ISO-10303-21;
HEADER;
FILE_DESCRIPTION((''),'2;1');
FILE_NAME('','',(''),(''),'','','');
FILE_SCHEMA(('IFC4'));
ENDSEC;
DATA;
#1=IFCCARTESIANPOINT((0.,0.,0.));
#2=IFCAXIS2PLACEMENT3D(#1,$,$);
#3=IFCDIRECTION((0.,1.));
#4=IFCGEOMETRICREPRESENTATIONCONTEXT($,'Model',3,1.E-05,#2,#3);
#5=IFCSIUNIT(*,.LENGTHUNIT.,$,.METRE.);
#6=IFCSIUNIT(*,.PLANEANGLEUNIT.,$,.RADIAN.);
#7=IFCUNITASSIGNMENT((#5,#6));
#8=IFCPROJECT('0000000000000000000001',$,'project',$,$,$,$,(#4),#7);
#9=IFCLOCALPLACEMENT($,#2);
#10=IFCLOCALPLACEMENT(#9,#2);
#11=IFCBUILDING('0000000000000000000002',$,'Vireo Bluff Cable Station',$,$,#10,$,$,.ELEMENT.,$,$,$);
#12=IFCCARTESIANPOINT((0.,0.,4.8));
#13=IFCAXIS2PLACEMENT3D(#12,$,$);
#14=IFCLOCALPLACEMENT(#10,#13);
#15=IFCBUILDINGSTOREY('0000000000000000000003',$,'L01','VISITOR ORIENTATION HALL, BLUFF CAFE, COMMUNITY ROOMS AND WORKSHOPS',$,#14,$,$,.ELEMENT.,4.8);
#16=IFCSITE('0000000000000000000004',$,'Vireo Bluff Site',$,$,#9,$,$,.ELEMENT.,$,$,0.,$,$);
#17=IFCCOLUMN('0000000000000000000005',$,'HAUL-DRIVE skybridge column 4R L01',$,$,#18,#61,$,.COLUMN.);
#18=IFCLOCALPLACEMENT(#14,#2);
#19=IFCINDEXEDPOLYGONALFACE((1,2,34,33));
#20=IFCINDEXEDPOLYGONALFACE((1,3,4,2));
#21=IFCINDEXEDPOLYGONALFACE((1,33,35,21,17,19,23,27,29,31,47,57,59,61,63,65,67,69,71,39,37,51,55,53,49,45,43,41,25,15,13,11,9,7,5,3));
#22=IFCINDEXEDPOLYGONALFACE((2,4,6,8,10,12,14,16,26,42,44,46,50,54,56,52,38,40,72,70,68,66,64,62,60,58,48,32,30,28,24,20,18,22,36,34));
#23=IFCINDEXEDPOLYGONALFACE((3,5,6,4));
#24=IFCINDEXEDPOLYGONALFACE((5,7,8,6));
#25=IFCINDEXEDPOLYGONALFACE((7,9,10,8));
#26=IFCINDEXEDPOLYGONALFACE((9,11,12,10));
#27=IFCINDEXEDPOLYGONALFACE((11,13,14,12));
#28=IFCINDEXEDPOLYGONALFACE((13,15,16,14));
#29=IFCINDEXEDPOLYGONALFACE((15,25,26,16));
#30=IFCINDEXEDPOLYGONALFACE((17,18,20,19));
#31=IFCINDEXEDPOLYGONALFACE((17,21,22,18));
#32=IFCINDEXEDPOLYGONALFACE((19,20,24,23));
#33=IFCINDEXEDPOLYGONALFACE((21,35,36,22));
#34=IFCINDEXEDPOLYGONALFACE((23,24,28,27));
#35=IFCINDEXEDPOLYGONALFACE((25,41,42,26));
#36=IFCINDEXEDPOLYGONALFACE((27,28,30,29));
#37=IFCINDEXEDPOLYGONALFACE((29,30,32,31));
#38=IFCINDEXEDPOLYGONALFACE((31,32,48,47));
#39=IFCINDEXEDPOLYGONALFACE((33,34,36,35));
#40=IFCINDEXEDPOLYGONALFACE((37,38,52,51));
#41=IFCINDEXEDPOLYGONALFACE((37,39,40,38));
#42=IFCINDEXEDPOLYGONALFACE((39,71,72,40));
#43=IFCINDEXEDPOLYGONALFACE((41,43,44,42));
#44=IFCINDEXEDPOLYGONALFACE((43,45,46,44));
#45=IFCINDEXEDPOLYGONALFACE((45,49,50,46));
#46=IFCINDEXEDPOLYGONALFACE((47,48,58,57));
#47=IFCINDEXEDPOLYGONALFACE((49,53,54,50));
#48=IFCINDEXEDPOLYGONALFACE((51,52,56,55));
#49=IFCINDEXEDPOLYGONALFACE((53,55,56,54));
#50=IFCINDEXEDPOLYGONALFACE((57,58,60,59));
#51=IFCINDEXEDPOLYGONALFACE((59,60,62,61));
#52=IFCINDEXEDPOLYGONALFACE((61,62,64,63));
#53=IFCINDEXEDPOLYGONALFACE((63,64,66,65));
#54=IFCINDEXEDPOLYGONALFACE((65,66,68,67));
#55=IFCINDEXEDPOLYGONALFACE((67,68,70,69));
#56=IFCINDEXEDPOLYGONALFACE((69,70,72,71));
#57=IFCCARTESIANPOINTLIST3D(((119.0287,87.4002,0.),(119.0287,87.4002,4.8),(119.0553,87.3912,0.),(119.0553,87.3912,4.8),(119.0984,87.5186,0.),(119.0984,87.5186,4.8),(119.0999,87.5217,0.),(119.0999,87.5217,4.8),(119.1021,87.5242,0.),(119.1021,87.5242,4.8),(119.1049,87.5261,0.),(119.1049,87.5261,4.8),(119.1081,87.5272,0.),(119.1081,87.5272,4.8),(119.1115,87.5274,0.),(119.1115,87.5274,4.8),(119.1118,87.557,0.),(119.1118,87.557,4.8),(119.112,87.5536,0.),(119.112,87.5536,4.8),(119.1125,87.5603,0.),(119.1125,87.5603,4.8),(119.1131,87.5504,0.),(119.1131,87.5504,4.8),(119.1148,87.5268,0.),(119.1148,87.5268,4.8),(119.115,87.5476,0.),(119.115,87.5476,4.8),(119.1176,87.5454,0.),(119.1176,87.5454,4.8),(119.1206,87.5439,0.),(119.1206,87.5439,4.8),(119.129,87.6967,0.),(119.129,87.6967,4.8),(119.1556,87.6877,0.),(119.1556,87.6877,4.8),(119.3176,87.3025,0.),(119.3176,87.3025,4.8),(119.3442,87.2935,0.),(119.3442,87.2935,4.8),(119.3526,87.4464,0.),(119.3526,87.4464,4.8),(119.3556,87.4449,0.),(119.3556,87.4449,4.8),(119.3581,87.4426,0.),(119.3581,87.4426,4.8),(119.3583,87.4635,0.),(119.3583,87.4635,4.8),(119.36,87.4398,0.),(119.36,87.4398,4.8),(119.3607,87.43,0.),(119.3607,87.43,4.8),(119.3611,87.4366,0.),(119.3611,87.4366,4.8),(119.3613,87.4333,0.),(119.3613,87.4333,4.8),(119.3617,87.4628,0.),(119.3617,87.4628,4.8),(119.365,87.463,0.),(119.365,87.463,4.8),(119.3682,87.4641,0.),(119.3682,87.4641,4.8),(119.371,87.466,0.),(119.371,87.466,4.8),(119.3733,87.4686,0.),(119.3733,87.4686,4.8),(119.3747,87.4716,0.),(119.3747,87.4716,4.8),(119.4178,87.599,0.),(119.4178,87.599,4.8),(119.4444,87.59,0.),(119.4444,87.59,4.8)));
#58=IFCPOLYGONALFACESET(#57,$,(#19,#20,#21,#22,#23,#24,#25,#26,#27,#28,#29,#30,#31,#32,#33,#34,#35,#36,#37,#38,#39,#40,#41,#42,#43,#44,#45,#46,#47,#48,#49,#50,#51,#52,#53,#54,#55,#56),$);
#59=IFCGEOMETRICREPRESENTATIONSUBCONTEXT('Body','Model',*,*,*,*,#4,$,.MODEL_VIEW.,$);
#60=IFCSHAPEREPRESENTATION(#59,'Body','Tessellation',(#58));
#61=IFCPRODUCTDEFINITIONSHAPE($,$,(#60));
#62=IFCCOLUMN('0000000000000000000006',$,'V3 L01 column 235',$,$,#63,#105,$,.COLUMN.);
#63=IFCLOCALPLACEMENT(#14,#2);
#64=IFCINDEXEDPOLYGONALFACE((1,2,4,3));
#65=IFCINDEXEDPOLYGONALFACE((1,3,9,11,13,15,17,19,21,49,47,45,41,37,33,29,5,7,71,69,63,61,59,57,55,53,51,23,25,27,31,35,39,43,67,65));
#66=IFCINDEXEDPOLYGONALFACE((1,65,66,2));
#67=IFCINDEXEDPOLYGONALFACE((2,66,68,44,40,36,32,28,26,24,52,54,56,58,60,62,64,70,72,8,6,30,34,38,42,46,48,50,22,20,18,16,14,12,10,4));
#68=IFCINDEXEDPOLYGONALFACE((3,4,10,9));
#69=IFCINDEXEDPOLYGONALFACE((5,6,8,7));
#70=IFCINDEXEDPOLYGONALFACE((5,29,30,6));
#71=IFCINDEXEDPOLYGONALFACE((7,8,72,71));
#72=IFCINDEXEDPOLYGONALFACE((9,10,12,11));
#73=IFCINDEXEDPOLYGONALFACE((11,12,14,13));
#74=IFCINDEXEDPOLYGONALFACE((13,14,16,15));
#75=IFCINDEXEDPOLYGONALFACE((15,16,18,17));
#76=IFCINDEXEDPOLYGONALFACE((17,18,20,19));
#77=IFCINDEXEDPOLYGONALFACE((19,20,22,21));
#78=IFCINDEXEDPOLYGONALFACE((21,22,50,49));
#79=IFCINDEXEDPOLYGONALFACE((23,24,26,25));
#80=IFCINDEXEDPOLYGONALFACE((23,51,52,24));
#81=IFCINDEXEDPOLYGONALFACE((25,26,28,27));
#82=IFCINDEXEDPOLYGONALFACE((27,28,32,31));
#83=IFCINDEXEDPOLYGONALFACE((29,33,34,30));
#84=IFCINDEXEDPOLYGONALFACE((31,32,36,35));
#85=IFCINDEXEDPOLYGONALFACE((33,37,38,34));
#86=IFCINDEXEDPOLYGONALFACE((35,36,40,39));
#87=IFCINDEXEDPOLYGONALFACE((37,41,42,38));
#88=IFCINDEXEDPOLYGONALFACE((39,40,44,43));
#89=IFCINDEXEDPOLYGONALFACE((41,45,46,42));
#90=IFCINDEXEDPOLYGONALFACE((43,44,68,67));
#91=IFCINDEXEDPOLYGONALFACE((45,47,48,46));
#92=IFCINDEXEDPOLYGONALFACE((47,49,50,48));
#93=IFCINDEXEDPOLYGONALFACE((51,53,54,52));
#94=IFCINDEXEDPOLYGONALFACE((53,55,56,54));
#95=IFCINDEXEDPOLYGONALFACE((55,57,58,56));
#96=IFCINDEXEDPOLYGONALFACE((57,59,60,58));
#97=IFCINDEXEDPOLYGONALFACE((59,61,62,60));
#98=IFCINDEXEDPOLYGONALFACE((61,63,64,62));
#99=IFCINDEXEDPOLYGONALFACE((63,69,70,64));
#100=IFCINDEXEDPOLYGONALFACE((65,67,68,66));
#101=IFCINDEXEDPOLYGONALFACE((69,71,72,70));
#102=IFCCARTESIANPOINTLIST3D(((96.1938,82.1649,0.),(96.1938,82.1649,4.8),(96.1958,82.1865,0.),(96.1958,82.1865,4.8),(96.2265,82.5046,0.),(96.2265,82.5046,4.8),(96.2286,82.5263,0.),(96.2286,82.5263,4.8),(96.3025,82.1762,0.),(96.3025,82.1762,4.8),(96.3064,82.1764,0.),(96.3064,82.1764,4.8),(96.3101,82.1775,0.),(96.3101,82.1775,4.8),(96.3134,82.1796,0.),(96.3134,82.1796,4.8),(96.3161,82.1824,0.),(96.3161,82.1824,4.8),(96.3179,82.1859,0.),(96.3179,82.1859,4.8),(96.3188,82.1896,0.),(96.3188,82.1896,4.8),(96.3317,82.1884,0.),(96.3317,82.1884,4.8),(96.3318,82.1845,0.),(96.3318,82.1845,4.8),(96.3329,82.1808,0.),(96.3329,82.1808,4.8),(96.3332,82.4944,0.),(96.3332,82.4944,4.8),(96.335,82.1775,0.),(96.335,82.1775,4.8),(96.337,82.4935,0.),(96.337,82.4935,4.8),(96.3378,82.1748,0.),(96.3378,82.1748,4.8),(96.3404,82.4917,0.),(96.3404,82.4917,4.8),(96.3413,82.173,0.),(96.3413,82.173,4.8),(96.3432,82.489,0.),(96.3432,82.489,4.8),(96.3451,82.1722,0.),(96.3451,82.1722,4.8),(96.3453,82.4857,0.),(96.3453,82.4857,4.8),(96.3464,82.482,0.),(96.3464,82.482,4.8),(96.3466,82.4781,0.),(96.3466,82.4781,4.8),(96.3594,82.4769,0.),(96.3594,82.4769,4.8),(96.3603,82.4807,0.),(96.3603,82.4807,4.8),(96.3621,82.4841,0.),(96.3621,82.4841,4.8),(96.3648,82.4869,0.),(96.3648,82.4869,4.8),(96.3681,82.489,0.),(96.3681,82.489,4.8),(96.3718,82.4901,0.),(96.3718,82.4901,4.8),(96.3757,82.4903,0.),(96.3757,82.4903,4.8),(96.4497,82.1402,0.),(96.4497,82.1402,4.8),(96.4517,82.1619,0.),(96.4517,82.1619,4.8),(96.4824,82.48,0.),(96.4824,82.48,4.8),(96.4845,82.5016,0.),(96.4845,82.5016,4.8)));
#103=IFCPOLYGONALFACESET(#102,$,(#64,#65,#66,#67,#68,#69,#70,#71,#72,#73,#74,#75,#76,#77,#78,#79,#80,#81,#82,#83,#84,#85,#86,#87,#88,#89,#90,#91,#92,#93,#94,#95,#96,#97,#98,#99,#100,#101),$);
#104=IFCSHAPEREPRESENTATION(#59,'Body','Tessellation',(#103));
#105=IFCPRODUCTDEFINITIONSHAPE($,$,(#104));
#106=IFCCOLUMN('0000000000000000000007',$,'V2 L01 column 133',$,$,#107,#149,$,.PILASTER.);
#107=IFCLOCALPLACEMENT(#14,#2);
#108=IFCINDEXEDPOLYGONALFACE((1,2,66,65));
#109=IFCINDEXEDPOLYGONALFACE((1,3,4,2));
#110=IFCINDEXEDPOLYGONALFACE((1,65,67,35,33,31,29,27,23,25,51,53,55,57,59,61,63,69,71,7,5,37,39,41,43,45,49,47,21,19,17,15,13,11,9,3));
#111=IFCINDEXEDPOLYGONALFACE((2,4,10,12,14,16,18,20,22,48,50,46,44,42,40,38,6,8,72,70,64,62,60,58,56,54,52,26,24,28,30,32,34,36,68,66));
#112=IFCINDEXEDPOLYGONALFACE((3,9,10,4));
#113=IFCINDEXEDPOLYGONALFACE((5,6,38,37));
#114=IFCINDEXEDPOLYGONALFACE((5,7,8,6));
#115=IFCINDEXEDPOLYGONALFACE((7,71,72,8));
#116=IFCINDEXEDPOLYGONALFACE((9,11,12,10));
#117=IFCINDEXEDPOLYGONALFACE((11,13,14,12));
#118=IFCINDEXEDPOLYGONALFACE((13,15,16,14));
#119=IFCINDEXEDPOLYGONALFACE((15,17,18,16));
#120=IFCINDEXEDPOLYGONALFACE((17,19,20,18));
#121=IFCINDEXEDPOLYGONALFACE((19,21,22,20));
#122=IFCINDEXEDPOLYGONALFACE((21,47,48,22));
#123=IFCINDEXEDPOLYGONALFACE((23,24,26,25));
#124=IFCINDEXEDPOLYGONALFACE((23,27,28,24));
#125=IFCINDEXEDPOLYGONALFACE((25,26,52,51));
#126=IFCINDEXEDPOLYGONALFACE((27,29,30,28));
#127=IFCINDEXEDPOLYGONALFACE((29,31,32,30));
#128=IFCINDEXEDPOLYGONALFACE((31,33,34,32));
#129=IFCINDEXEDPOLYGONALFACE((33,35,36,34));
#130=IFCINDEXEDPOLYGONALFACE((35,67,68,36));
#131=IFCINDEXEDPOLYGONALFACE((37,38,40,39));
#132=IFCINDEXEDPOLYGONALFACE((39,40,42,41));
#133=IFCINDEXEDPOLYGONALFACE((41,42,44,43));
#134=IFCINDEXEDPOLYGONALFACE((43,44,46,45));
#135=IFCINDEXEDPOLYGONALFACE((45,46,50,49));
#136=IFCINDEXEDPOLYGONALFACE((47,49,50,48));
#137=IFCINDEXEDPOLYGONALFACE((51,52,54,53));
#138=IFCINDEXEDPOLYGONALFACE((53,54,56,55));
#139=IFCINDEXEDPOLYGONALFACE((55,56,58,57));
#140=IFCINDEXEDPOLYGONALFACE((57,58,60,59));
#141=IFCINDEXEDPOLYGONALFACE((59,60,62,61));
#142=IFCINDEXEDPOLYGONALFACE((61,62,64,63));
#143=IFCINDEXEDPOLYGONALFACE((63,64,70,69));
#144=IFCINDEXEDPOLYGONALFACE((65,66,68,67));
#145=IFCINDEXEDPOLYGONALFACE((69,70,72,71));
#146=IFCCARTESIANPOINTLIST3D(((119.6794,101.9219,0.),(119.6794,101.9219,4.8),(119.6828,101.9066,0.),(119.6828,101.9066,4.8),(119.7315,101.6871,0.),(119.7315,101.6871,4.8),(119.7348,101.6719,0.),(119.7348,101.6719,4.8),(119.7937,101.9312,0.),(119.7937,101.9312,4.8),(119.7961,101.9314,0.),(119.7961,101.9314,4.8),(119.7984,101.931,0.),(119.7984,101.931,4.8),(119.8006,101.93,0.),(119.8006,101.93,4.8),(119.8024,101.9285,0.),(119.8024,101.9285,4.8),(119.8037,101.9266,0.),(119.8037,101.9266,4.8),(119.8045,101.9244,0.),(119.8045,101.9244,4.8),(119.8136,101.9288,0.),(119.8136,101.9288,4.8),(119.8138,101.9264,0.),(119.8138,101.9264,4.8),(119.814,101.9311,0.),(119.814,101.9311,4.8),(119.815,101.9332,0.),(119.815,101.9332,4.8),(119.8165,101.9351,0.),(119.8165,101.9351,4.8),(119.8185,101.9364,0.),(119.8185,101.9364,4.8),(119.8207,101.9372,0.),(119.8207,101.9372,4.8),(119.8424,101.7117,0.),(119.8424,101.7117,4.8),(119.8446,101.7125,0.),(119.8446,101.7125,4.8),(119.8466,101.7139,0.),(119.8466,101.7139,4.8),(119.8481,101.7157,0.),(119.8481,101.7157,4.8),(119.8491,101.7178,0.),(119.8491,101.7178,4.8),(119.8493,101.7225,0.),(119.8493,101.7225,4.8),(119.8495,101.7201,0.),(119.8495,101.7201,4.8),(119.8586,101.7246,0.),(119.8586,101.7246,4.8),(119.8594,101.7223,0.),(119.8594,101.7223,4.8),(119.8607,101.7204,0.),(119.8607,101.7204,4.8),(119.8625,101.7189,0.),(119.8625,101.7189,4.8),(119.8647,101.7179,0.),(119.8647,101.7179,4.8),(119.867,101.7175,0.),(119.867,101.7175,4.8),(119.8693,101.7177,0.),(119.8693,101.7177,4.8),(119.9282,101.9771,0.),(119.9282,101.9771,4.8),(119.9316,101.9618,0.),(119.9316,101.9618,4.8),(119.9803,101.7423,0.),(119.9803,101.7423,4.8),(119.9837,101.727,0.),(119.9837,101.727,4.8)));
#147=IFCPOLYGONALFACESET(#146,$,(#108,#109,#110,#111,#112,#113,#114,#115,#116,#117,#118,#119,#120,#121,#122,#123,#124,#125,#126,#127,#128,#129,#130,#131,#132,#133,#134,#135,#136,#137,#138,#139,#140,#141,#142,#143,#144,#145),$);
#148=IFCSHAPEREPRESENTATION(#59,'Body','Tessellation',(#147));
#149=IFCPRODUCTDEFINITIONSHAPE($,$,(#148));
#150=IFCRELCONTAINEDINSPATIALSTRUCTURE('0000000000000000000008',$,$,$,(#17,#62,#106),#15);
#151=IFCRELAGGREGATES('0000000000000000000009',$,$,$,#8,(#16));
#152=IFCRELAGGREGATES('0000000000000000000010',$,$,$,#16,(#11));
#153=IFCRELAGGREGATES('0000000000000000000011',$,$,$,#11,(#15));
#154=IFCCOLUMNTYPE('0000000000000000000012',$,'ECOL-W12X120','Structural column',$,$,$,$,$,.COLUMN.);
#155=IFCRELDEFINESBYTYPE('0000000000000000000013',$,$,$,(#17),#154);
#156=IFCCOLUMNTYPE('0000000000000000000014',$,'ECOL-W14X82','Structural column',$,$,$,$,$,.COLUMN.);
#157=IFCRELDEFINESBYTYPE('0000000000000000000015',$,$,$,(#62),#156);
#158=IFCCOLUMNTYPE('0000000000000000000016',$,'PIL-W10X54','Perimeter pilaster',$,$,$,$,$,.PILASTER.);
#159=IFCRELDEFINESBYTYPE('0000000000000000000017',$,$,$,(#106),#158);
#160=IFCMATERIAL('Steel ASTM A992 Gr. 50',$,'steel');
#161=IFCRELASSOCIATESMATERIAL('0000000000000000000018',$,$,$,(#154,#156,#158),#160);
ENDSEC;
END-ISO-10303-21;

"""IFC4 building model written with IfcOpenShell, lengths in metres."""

from ifc_helpers import new_model, si_unit, direction, frame, origin, origin_2d, place, context, subcontext, project, spatial, i_section, extrude, material, material_profile, profile_set, type_object, element, save


model = new_model("IFC4")

# Units and contexts
model_context = context("Model", 3, precision=1e-05, world=origin(), true_north=direction((0.0, 1.0)))
body_context = subcontext(model_context, "Body", "Model", "MODEL_VIEW")
ifc_project = project(units=[si_unit("LENGTHUNIT", "METRE"), si_unit("PLANEANGLEUNIT", "RADIAN")], contexts=[model_context])

# Site, building, storey
site_placement = place(None, origin())
site = spatial("IfcSite", under=ifc_project, at=site_placement, Name="Vireo Bluff Site", CompositionType="ELEMENT", RefElevation=0.0)
building_placement = place(site_placement, origin())
building = spatial("IfcBuilding", under=site, at=building_placement, Name="Vireo Bluff Cable Station", CompositionType="ELEMENT")
storey_placement = place(building_placement, frame((0.0, 0.0, 4.8)))
storey = spatial("IfcBuildingStorey", under=building, at=storey_placement, Name="L01", Description="VISITOR ORIENTATION HALL, BLUFF CAFE, COMMUNITY ROOMS AND WORKSHOPS", CompositionType="ELEMENT", Elevation=4.8)

# Columns
ifc_material_1 = material(Name="Steel ASTM A992 Gr. 50", Category="steel")
ifc_material_profile_1 = material_profile(ifc_material_1, i_section(OverallWidth=0.313, OverallDepth=0.333, WebThickness=0.0181, FlangeThickness=0.0281, FilletRadius=0.0129, at=origin_2d()), Name="W12X120")
ifc_profile_set_1 = profile_set([ifc_material_profile_1], Name="Steel ASTM A992 Gr. 50")
column_type_1 = type_object("IfcColumnType", Name="ECOL-W12X120", Description="Structural column", PredefinedType="COLUMN", material=ifc_profile_set_1)
column_1_placement = place(storey_placement, frame((119.2366, 87.4951, 0.0), z_axis=(0.0, 0.0, 1.0), x_axis=(0.320352, 0.947299, 0.0)))
element("IfcColumn", 1, at=column_1_placement, inside=storey, type_object=column_type_1, Name="HAUL-DRIVE skybridge column 4R L01", PredefinedType="COLUMN", context=body_context, shape_type="SweptSolid", body=[
    extrude(i_section(OverallWidth=0.313, OverallDepth=0.333, WebThickness=0.0181, FlangeThickness=0.0281, FilletRadius=0.0129, at=origin_2d()), origin(), (0.0, 0.0, 1.0), 4.8),
])
ifc_material_profile_2 = material_profile(ifc_material_1, i_section(OverallWidth=0.2571, OverallDepth=0.363, WebThickness=0.0129, FlangeThickness=0.0217, FilletRadius=0.0149, at=origin_2d()), Name="W14X82")
ifc_profile_set_2 = profile_set([ifc_material_profile_2], Name="Steel ASTM A992 Gr. 50")
column_type_2 = type_object("IfcColumnType", Name="ECOL-W14X82", Description="Structural column", PredefinedType="COLUMN", material=ifc_profile_set_2)
column_2_placement = place(storey_placement, frame((96.3391, 82.3333, 0.0), z_axis=(0.0, 0.0, 1.0), x_axis=(0.995396, -0.095846, 0.0)))
element("IfcColumn", 2, at=column_2_placement, inside=storey, type_object=column_type_2, Name="V3 L01 column 235", PredefinedType="COLUMN", context=body_context, shape_type="SweptSolid", body=[
    extrude(i_section(OverallWidth=0.2571, OverallDepth=0.363, WebThickness=0.0129, FlangeThickness=0.0217, FilletRadius=0.0149, at=origin_2d()), origin(), (0.0, 0.0, 1.0), 4.8),
])
ifc_material_profile_3 = material_profile(ifc_material_1, i_section(OverallWidth=0.2549, OverallDepth=0.2561, WebThickness=0.0095, FlangeThickness=0.0156, FilletRadius=0.009, at=origin_2d()), Name="W10X54")
ifc_profile_set_3 = profile_set([ifc_material_profile_3], Name="Steel ASTM A992 Gr. 50")
column_type_3 = type_object("IfcColumnType", Name="PIL-W10X54", Description="Perimeter pilaster", PredefinedType="PILASTER", material=ifc_profile_set_3)
column_3_placement = place(storey_placement, frame((119.8315, 101.8245, 0.0), z_axis=(0.0, 0.0, 1.0), x_axis=(0.976296, 0.21644, 0.0)))
element("IfcColumn", 3, at=column_3_placement, inside=storey, type_object=column_type_3, Name="V2 L01 column 133", PredefinedType="PILASTER", context=body_context, shape_type="SweptSolid", body=[
    extrude(i_section(OverallWidth=0.2549, OverallDepth=0.2561, WebThickness=0.0095, FlangeThickness=0.0156, FilletRadius=0.009, at=origin_2d()), origin(), (0.0, 0.0, 1.0), 4.8),
])

save(model, "model.ifc")
